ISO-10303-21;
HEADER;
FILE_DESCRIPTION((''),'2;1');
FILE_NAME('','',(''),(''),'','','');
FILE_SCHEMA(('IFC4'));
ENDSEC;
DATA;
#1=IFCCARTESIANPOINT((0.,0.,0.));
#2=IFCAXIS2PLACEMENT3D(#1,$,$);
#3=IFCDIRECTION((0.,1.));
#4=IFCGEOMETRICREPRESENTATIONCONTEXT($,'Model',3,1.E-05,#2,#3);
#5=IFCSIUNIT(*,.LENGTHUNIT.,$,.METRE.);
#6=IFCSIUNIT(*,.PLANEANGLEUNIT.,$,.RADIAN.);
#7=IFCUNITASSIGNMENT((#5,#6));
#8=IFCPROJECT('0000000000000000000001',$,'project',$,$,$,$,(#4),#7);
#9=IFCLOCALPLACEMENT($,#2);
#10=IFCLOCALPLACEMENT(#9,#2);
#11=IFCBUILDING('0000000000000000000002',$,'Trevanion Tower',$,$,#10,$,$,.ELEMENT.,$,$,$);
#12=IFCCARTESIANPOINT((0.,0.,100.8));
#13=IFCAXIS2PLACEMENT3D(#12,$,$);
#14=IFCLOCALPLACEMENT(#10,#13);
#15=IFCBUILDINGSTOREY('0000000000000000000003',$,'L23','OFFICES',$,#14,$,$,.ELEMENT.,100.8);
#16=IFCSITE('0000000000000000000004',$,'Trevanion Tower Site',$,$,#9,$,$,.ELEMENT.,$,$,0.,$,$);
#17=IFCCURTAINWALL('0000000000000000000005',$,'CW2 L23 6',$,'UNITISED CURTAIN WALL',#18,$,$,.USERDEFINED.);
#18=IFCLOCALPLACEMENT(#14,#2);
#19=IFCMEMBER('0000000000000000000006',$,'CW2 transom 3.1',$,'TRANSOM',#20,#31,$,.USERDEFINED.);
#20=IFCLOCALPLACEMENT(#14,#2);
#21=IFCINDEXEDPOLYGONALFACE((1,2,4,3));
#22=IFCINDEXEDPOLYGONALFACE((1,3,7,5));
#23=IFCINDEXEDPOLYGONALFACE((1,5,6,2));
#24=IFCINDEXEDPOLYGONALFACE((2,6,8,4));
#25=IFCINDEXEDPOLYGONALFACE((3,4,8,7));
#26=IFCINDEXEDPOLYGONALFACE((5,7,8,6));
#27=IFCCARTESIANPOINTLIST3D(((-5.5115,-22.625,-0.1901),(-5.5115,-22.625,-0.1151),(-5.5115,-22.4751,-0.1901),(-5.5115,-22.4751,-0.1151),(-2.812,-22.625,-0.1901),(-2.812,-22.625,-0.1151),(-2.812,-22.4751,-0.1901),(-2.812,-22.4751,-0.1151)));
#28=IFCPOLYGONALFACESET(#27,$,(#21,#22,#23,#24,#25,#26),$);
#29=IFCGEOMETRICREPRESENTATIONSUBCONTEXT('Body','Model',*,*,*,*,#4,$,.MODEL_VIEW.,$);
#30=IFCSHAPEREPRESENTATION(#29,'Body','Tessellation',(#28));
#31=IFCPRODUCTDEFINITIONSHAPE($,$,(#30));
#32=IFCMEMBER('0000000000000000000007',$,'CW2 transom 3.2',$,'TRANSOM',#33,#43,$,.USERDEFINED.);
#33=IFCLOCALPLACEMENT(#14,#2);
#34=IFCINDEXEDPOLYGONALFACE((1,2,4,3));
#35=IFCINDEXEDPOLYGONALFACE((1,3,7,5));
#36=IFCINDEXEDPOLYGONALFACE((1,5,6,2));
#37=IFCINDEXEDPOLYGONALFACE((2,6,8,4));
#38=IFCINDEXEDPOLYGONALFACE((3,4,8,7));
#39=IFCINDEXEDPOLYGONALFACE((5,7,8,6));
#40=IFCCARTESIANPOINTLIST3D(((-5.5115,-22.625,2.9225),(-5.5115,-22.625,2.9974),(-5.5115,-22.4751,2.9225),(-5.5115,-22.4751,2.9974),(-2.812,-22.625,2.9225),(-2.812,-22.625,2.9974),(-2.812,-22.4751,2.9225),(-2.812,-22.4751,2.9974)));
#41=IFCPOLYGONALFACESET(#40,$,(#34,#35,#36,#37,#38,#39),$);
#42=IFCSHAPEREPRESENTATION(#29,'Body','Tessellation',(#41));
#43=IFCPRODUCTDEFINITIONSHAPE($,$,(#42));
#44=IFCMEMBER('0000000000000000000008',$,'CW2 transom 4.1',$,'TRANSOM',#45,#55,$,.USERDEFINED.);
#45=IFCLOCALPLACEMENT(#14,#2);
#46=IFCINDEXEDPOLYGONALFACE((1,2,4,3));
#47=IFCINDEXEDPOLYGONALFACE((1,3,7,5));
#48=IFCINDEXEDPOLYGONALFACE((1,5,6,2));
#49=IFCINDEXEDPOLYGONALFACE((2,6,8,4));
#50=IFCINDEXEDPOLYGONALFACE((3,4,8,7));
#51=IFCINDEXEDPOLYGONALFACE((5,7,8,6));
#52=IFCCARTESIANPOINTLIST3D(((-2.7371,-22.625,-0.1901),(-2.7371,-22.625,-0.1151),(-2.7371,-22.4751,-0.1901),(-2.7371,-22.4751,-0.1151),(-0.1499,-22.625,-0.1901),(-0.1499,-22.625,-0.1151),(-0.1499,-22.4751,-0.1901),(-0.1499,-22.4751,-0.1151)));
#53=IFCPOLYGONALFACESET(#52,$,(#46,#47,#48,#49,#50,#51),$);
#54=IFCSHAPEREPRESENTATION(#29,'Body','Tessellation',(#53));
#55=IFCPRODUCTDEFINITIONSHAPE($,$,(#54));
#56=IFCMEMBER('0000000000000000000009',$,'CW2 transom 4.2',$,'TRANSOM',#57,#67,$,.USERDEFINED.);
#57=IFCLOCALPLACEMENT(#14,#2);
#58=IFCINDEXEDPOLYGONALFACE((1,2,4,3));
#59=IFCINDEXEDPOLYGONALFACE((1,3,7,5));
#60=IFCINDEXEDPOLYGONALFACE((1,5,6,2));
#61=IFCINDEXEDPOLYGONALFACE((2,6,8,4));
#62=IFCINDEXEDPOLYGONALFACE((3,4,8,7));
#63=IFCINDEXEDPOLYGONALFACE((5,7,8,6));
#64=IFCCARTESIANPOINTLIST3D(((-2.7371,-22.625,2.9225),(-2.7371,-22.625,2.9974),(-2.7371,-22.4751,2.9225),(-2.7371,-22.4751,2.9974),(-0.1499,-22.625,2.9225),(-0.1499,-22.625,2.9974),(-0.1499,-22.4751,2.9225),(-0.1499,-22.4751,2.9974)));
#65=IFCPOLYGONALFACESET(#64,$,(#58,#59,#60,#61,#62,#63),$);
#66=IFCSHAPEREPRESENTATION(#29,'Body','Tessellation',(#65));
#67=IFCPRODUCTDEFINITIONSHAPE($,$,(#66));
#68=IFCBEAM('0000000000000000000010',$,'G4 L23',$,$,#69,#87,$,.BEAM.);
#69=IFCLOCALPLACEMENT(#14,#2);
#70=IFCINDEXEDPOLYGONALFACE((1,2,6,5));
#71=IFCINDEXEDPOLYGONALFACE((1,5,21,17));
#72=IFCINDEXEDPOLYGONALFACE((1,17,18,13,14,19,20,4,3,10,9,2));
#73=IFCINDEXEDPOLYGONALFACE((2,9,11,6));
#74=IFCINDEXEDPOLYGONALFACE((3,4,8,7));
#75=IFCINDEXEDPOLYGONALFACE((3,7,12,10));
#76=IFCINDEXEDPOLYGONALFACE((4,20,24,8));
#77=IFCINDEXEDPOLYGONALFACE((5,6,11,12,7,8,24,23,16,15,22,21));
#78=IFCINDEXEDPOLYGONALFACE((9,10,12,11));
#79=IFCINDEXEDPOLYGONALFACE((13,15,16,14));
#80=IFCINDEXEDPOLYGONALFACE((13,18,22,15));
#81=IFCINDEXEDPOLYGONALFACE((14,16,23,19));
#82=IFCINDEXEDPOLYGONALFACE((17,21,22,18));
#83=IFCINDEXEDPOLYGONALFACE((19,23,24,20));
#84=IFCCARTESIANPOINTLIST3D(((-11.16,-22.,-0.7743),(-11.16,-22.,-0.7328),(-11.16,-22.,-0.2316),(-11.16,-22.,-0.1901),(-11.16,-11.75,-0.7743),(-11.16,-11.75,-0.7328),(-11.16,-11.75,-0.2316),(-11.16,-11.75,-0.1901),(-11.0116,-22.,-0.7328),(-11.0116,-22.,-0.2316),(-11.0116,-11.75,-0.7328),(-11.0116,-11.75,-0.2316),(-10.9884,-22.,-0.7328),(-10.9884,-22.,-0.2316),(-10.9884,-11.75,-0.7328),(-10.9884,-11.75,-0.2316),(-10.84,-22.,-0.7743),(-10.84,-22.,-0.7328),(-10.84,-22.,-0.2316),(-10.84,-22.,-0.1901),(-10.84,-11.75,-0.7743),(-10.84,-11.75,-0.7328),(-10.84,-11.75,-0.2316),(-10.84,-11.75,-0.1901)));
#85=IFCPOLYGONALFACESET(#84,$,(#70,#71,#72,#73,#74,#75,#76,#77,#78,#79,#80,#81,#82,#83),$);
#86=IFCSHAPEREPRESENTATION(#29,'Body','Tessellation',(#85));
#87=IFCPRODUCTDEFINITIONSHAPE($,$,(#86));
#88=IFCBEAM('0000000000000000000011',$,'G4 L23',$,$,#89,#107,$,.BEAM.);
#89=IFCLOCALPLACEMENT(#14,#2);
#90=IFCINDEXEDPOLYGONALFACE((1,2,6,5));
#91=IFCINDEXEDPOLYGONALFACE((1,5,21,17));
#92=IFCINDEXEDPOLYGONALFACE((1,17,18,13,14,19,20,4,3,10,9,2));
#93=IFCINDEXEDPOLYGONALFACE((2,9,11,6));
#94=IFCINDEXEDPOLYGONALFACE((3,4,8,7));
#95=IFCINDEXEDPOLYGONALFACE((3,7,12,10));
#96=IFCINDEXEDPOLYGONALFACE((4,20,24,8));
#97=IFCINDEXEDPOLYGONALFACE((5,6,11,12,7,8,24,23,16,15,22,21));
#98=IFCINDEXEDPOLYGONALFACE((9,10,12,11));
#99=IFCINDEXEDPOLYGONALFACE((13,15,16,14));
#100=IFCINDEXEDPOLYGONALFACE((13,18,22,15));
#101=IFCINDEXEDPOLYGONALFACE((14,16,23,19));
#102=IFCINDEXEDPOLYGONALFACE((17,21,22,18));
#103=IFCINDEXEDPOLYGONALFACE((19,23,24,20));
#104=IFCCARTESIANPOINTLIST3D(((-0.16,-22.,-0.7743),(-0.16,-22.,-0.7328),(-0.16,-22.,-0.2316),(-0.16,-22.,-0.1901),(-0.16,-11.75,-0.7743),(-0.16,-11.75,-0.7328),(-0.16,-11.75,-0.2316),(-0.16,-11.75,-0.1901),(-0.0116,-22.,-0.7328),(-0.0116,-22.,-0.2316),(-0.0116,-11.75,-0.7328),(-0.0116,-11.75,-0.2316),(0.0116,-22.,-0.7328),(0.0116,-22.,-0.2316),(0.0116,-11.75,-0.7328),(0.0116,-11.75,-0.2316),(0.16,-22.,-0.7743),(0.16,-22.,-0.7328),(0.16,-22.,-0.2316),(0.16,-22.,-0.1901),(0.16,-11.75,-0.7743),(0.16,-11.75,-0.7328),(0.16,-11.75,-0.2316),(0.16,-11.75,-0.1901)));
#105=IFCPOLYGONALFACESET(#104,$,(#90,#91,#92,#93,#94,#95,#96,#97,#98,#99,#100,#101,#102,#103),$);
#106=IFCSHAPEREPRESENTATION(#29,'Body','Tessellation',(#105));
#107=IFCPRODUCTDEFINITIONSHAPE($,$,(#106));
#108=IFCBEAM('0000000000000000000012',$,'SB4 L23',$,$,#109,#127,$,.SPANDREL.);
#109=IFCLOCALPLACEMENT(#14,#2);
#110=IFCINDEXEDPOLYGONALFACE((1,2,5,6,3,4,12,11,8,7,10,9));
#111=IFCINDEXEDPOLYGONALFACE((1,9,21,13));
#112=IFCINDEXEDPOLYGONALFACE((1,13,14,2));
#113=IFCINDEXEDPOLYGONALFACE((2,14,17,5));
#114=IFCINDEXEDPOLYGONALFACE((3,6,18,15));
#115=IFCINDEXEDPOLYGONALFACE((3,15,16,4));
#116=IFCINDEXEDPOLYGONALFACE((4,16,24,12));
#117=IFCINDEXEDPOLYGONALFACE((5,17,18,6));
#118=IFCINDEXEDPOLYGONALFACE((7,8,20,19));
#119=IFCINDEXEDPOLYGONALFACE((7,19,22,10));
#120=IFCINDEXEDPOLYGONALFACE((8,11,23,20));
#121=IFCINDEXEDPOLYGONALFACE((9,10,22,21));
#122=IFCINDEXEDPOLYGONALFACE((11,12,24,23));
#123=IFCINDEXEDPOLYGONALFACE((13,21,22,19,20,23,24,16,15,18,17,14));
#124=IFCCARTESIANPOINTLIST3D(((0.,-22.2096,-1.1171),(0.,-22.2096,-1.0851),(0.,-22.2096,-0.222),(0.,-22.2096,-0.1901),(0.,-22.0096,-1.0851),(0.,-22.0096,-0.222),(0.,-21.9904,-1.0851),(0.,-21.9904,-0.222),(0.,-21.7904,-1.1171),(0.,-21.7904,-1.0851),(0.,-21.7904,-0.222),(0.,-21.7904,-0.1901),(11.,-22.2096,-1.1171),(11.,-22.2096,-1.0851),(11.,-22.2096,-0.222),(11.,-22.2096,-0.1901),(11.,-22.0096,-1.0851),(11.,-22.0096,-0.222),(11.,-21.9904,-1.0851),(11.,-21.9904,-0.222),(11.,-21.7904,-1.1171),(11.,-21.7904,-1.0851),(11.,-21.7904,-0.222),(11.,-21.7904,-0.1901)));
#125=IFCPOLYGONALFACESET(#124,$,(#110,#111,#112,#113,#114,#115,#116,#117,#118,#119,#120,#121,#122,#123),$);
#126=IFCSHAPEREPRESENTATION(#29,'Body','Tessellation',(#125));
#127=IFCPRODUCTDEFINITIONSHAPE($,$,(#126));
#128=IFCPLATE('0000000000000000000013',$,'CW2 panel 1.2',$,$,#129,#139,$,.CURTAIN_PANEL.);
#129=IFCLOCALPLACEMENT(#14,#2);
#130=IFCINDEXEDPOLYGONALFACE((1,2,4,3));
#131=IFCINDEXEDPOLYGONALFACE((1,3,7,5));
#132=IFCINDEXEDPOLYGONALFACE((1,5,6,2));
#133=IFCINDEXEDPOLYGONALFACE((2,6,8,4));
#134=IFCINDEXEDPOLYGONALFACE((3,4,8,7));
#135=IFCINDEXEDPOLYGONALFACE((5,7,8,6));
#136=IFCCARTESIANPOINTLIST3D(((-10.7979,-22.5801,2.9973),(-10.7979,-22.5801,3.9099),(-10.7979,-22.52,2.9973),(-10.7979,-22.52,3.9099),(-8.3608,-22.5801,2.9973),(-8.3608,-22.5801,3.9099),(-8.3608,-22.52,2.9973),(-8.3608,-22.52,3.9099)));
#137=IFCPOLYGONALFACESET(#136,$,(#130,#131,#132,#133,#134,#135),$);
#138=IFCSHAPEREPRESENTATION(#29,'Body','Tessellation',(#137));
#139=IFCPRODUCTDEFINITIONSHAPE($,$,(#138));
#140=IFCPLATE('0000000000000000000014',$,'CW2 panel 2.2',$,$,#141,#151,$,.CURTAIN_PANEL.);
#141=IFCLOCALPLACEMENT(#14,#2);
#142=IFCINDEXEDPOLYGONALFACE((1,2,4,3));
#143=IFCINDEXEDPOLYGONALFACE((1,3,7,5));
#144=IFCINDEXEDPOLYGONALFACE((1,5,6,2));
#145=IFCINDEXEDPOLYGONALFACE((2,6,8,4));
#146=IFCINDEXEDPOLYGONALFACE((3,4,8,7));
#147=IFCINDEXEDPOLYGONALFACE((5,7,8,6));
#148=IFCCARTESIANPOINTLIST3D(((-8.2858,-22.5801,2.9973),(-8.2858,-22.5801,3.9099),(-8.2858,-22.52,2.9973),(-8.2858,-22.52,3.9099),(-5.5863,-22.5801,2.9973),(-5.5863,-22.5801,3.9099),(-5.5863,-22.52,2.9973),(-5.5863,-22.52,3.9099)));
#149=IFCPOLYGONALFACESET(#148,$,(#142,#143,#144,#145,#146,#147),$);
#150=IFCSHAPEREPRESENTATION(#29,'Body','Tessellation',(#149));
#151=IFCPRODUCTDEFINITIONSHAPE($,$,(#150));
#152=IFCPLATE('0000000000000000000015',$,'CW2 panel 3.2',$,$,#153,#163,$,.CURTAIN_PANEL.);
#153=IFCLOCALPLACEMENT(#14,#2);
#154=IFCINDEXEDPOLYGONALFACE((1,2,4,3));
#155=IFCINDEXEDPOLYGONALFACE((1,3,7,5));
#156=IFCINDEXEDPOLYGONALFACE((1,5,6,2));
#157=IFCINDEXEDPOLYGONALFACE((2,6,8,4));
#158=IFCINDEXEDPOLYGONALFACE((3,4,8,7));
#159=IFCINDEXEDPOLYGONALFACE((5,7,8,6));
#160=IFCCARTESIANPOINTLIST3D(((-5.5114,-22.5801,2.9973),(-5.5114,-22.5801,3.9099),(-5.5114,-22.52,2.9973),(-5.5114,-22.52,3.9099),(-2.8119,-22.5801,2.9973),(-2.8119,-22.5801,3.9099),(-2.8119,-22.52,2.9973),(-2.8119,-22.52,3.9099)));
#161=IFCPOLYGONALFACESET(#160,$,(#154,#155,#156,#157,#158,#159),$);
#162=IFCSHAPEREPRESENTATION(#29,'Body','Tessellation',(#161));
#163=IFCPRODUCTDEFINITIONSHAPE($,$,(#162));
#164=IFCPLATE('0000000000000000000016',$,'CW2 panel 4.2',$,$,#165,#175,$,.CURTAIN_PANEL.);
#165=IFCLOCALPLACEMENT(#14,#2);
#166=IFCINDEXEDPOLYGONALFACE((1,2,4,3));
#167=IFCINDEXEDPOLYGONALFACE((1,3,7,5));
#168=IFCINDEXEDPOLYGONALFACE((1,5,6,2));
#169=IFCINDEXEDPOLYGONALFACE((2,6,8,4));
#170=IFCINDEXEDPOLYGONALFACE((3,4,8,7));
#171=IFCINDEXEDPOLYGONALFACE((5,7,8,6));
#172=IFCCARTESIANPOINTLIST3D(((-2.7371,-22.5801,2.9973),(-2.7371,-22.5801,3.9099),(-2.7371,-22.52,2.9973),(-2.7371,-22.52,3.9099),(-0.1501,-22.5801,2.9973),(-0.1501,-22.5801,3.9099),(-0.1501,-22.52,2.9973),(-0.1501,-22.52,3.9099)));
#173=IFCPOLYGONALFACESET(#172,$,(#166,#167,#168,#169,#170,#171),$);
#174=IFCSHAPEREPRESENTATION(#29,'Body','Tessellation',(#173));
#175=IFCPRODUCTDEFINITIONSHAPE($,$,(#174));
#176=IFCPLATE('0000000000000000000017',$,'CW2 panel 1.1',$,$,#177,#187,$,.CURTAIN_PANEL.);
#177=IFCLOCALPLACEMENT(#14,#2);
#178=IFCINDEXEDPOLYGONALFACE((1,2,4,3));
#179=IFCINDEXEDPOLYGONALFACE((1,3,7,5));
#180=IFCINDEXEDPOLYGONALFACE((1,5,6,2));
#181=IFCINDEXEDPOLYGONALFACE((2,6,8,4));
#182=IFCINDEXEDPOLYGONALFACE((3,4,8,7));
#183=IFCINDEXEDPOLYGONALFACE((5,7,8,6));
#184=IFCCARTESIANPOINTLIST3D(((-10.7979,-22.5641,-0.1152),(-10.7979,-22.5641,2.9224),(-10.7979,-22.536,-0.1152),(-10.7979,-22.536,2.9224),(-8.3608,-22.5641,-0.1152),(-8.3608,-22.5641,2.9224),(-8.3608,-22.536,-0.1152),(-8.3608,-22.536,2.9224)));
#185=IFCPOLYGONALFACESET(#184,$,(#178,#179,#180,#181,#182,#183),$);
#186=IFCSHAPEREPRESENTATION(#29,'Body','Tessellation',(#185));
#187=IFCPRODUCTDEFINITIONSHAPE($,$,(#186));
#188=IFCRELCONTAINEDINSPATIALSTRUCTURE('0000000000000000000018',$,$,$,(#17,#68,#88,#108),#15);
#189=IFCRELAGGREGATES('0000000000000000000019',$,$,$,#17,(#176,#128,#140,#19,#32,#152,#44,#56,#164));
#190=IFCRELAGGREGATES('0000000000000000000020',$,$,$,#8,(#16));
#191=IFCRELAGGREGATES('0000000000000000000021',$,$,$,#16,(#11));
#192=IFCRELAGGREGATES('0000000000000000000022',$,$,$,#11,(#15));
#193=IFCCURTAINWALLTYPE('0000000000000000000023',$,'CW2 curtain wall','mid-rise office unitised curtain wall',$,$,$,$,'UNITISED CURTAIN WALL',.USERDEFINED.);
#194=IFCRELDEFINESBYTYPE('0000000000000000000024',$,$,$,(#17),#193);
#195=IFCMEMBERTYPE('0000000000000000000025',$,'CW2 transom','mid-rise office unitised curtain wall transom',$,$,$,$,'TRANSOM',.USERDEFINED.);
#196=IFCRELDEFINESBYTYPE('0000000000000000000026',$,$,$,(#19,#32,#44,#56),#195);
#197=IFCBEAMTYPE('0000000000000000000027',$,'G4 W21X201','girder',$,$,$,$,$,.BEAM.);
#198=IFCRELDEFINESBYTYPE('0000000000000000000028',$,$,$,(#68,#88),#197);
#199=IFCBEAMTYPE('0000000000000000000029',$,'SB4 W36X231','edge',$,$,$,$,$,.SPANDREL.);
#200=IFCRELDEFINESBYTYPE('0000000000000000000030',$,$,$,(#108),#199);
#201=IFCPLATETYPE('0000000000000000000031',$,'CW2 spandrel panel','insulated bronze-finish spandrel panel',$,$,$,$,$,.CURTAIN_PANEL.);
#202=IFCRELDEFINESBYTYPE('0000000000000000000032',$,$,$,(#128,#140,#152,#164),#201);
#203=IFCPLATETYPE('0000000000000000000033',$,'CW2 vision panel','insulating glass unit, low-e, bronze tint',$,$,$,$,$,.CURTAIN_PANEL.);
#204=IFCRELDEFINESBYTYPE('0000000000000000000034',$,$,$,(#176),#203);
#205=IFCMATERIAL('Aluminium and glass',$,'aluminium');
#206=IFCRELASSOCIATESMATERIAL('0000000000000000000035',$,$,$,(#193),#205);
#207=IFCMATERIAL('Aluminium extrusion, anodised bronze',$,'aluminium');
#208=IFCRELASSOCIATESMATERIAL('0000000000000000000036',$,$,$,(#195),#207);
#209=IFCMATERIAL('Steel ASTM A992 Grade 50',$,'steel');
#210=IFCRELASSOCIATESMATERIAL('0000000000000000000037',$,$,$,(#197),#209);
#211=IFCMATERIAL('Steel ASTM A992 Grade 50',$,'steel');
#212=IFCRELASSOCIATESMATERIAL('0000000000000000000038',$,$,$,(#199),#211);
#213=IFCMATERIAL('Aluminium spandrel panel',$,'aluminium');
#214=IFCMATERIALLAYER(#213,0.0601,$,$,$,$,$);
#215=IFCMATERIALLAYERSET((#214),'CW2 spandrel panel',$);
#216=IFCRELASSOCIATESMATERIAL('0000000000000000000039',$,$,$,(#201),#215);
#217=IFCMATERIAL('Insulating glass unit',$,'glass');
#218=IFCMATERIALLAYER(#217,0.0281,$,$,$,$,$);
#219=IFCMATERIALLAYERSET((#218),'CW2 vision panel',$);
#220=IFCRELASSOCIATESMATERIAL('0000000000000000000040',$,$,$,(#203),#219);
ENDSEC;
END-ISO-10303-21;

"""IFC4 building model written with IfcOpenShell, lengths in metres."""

from ifc_helpers import new_model, si_unit, direction, frame, origin, origin_2d, place, context, subcontext, project, spatial, rectangle, i_section, extrude, material, layer, layer_set, material_profile, profile_set, type_object, element, aggregate, save


model = new_model("IFC4")

# Units and contexts
model_context = context("Model", 3, precision=1e-05, world=origin(), true_north=direction((0.0, 1.0)))
body_context = subcontext(model_context, "Body", "Model", "MODEL_VIEW")
ifc_project = project(units=[si_unit("LENGTHUNIT", "METRE"), si_unit("PLANEANGLEUNIT", "RADIAN")], contexts=[model_context])

# Site, building, storey
site_placement = place(None, origin())
site = spatial("IfcSite", under=ifc_project, at=site_placement, Name="Trevanion Tower Site", CompositionType="ELEMENT", RefElevation=0.0)
building_placement = place(site_placement, origin())
building = spatial("IfcBuilding", under=site, at=building_placement, Name="Trevanion Tower", CompositionType="ELEMENT")
storey_placement = place(building_placement, frame((0.0, 0.0, 100.8)))
storey = spatial("IfcBuildingStorey", under=building, at=storey_placement, Name="L23", Description="OFFICES", CompositionType="ELEMENT", Elevation=100.8)

# Curtain wall, members
ifc_material_1 = material(Name="Aluminium and glass", Category="aluminium")
curtain_wall_type = type_object("IfcCurtainWallType", Name="CW2 curtain wall", Description="mid-rise office unitised curtain wall", ElementType="UNITISED CURTAIN WALL", PredefinedType="USERDEFINED", material=ifc_material_1)
curtain_wall_placement = place(storey_placement, origin())
curtain_wall = element("IfcCurtainWall", 1, at=curtain_wall_placement, inside=storey, type_object=curtain_wall_type, Name="CW2 L23 6", ObjectType="UNITISED CURTAIN WALL", PredefinedType="USERDEFINED")
ifc_material_2 = material(Name="Aluminium extrusion, anodised bronze", Category="aluminium")
ifc_material_profile_1 = material_profile(ifc_material_2, rectangle(XDim=0.1499, YDim=0.075, at=origin_2d()), Name="CW2 transom")
ifc_profile_set_1 = profile_set([ifc_material_profile_1], Name="Aluminium extrusion, anodised bronze")
member_type_1 = type_object("IfcMemberType", Name="CW2 transom", Description="mid-rise office unitised curtain wall transom", ElementType="TRANSOM", PredefinedType="USERDEFINED", material=ifc_profile_set_1)
member_1_placement = place(storey_placement, frame((-5.5115, -22.55, -0.1526), z_axis=(1.0, 0.0, 0.0), x_axis=(0.0, 1.0, 0.0)))
member_1 = element("IfcMember", 2, at=member_1_placement, type_object=member_type_1, Name="CW2 transom 3.1", ObjectType="TRANSOM", PredefinedType="USERDEFINED", context=body_context, shape_type="SweptSolid", body=[
    extrude(rectangle(XDim=0.1499, YDim=0.075, at=origin_2d()), origin(), (0.0, 0.0, 1.0), 2.6995),
])
member_2_placement = place(storey_placement, frame((-5.5115, -22.55, 2.96), z_axis=(1.0, 0.0, 0.0), x_axis=(0.0, 1.0, 0.0)))
member_2 = element("IfcMember", 3, at=member_2_placement, type_object=member_type_1, Name="CW2 transom 3.2", ObjectType="TRANSOM", PredefinedType="USERDEFINED", context=body_context, shape_type="SweptSolid", body=[
    extrude(rectangle(XDim=0.1499, YDim=0.075, at=origin_2d()), origin(), (0.0, 0.0, 1.0), 2.6995),
])
member_3_placement = place(storey_placement, frame((-2.7371, -22.55, -0.1526), z_axis=(1.0, 0.0, 0.0), x_axis=(0.0, 1.0, 0.0)))
member_3 = element("IfcMember", 4, at=member_3_placement, type_object=member_type_1, Name="CW2 transom 4.1", ObjectType="TRANSOM", PredefinedType="USERDEFINED", context=body_context, shape_type="SweptSolid", body=[
    extrude(rectangle(XDim=0.1499, YDim=0.075, at=origin_2d()), origin(), (0.0, 0.0, 1.0), 2.5872),
])
member_4_placement = place(storey_placement, frame((-2.7371, -22.55, 2.96), z_axis=(1.0, 0.0, 0.0), x_axis=(0.0, 1.0, 0.0)))
member_4 = element("IfcMember", 5, at=member_4_placement, type_object=member_type_1, Name="CW2 transom 4.2", ObjectType="TRANSOM", PredefinedType="USERDEFINED", context=body_context, shape_type="SweptSolid", body=[
    extrude(rectangle(XDim=0.1499, YDim=0.075, at=origin_2d()), origin(), (0.0, 0.0, 1.0), 2.5872),
])

# Beams
ifc_material_3 = material(Name="Steel ASTM A992 Grade 50", Category="steel")
ifc_material_profile_2 = material_profile(ifc_material_3, i_section(OverallWidth=0.3201, OverallDepth=0.5842, WebThickness=0.0232, FlangeThickness=0.0415, at=origin_2d()), Name="W21X201")
ifc_profile_set_2 = profile_set([ifc_material_profile_2], Name="Steel ASTM A992 Grade 50")
beam_type_1 = type_object("IfcBeamType", Name="G4 W21X201", Description="girder", PredefinedType="BEAM", material=ifc_profile_set_2)
for number, where, z_axis, x_axis, name in (
    (6, (-11.0, -11.75, -0.4822), (0.0, -1.0, 0.0), (1.0, 0.0, 0.0), "G4 L23"),
    (7, (0.0, -11.75, -0.4822), (0.0, -1.0, 0.0), (1.0, 0.0, 0.0), "G4 L23"),
):
    element("IfcBeam", number, at=place(storey_placement, frame(where, z_axis=z_axis, x_axis=x_axis)), inside=storey, type_object=beam_type_1, Name=name, PredefinedType="BEAM", context=body_context, shape_type="SweptSolid", body=[
        extrude(i_section(OverallWidth=0.3201, OverallDepth=0.5842, WebThickness=0.0232, FlangeThickness=0.0415, at=origin_2d()), origin(), (0.0, 0.0, 1.0), 10.25),
    ])
ifc_material_4 = material(Name="Steel ASTM A992 Grade 50", Category="steel")
ifc_material_profile_3 = material_profile(ifc_material_4, i_section(OverallWidth=0.4192, OverallDepth=0.927, WebThickness=0.0193, FlangeThickness=0.032, at=origin_2d()), Name="W36X231")
ifc_profile_set_3 = profile_set([ifc_material_profile_3], Name="Steel ASTM A992 Grade 50")
beam_type_2 = type_object("IfcBeamType", Name="SB4 W36X231", Description="edge", PredefinedType="SPANDREL", material=ifc_profile_set_3)
beam_placement = place(storey_placement, frame((0.0, -22.0, -0.6536), z_axis=(1.0, 0.0, 0.0), x_axis=(0.0, 1.0, 0.0)))
element("IfcBeam", 8, at=beam_placement, inside=storey, type_object=beam_type_2, Name="SB4 L23", PredefinedType="SPANDREL", context=body_context, shape_type="SweptSolid", body=[
    extrude(i_section(OverallWidth=0.4192, OverallDepth=0.927, WebThickness=0.0193, FlangeThickness=0.032, at=origin_2d()), origin(), (0.0, 0.0, 1.0), 11.0),
])

# Plates
ifc_material_5 = material(Name="Aluminium spandrel panel", Category="aluminium")
ifc_layer_1 = layer(ifc_material_5, 0.0601)
ifc_layer_set_1 = layer_set([ifc_layer_1], Name="CW2 spandrel panel")
plate_type_1 = type_object("IfcPlateType", Name="CW2 spandrel panel", Description="insulated bronze-finish spandrel panel", PredefinedType="CURTAIN_PANEL", material=ifc_layer_set_1)
plate_1_placement = place(storey_placement, frame((-9.5793, -22.55, 2.9973), z_axis=(0.0, 0.0, 1.0), x_axis=(1.0, 0.0, 0.0)))
plate_1 = element("IfcPlate", 9, at=plate_1_placement, type_object=plate_type_1, Name="CW2 panel 1.2", PredefinedType="CURTAIN_PANEL", context=body_context, shape_type="SweptSolid", body=[
    extrude(rectangle(XDim=2.437, YDim=0.0601, at=origin_2d()), origin(), (0.0, 0.0, 1.0), 0.9126),
])
plate_2_placement = place(storey_placement, frame((-6.936, -22.55, 2.9973), z_axis=(0.0, 0.0, 1.0), x_axis=(1.0, 0.0, 0.0)))
plate_2 = element("IfcPlate", 10, at=plate_2_placement, type_object=plate_type_1, Name="CW2 panel 2.2", PredefinedType="CURTAIN_PANEL", context=body_context, shape_type="SweptSolid", body=[
    extrude(rectangle(XDim=2.6995, YDim=0.0601, at=origin_2d()), origin(), (0.0, 0.0, 1.0), 0.9126),
])
plate_3_placement = place(storey_placement, frame((-4.1616, -22.55, 2.9973), z_axis=(0.0, 0.0, 1.0), x_axis=(1.0, 0.0, 0.0)))
plate_3 = element("IfcPlate", 11, at=plate_3_placement, type_object=plate_type_1, Name="CW2 panel 3.2", PredefinedType="CURTAIN_PANEL", context=body_context, shape_type="SweptSolid", body=[
    extrude(rectangle(XDim=2.6995, YDim=0.0601, at=origin_2d()), origin(), (0.0, 0.0, 1.0), 0.9126),
])
plate_4_placement = place(storey_placement, frame((-1.4436, -22.55, 2.9973), z_axis=(0.0, 0.0, 1.0), x_axis=(1.0, 0.0, 0.0)))
plate_4 = element("IfcPlate", 12, at=plate_4_placement, type_object=plate_type_1, Name="CW2 panel 4.2", PredefinedType="CURTAIN_PANEL", context=body_context, shape_type="SweptSolid", body=[
    extrude(rectangle(XDim=2.5869, YDim=0.0601, at=origin_2d()), origin(), (0.0, 0.0, 1.0), 0.9126),
])
ifc_material_6 = material(Name="Insulating glass unit", Category="glass")
ifc_layer_2 = layer(ifc_material_6, 0.0281)
ifc_layer_set_2 = layer_set([ifc_layer_2], Name="CW2 vision panel")
plate_type_2 = type_object("IfcPlateType", Name="CW2 vision panel", Description="insulating glass unit, low-e, bronze tint", PredefinedType="CURTAIN_PANEL", material=ifc_layer_set_2)
plate_5_placement = place(storey_placement, frame((-9.5793, -22.55, -0.1152), z_axis=(0.0, 0.0, 1.0), x_axis=(1.0, 0.0, 0.0)))
plate_5 = element("IfcPlate", 13, at=plate_5_placement, type_object=plate_type_2, Name="CW2 panel 1.1", PredefinedType="CURTAIN_PANEL", context=body_context, shape_type="SweptSolid", body=[
    extrude(rectangle(XDim=2.437, YDim=0.0281, at=origin_2d()), origin(), (0.0, 0.0, 1.0), 3.0376),
])
aggregate(curtain_wall, [plate_5, plate_1, plate_2, member_1, member_2, plate_3, member_3, member_4, plate_4])

save(model, "model.ifc")
